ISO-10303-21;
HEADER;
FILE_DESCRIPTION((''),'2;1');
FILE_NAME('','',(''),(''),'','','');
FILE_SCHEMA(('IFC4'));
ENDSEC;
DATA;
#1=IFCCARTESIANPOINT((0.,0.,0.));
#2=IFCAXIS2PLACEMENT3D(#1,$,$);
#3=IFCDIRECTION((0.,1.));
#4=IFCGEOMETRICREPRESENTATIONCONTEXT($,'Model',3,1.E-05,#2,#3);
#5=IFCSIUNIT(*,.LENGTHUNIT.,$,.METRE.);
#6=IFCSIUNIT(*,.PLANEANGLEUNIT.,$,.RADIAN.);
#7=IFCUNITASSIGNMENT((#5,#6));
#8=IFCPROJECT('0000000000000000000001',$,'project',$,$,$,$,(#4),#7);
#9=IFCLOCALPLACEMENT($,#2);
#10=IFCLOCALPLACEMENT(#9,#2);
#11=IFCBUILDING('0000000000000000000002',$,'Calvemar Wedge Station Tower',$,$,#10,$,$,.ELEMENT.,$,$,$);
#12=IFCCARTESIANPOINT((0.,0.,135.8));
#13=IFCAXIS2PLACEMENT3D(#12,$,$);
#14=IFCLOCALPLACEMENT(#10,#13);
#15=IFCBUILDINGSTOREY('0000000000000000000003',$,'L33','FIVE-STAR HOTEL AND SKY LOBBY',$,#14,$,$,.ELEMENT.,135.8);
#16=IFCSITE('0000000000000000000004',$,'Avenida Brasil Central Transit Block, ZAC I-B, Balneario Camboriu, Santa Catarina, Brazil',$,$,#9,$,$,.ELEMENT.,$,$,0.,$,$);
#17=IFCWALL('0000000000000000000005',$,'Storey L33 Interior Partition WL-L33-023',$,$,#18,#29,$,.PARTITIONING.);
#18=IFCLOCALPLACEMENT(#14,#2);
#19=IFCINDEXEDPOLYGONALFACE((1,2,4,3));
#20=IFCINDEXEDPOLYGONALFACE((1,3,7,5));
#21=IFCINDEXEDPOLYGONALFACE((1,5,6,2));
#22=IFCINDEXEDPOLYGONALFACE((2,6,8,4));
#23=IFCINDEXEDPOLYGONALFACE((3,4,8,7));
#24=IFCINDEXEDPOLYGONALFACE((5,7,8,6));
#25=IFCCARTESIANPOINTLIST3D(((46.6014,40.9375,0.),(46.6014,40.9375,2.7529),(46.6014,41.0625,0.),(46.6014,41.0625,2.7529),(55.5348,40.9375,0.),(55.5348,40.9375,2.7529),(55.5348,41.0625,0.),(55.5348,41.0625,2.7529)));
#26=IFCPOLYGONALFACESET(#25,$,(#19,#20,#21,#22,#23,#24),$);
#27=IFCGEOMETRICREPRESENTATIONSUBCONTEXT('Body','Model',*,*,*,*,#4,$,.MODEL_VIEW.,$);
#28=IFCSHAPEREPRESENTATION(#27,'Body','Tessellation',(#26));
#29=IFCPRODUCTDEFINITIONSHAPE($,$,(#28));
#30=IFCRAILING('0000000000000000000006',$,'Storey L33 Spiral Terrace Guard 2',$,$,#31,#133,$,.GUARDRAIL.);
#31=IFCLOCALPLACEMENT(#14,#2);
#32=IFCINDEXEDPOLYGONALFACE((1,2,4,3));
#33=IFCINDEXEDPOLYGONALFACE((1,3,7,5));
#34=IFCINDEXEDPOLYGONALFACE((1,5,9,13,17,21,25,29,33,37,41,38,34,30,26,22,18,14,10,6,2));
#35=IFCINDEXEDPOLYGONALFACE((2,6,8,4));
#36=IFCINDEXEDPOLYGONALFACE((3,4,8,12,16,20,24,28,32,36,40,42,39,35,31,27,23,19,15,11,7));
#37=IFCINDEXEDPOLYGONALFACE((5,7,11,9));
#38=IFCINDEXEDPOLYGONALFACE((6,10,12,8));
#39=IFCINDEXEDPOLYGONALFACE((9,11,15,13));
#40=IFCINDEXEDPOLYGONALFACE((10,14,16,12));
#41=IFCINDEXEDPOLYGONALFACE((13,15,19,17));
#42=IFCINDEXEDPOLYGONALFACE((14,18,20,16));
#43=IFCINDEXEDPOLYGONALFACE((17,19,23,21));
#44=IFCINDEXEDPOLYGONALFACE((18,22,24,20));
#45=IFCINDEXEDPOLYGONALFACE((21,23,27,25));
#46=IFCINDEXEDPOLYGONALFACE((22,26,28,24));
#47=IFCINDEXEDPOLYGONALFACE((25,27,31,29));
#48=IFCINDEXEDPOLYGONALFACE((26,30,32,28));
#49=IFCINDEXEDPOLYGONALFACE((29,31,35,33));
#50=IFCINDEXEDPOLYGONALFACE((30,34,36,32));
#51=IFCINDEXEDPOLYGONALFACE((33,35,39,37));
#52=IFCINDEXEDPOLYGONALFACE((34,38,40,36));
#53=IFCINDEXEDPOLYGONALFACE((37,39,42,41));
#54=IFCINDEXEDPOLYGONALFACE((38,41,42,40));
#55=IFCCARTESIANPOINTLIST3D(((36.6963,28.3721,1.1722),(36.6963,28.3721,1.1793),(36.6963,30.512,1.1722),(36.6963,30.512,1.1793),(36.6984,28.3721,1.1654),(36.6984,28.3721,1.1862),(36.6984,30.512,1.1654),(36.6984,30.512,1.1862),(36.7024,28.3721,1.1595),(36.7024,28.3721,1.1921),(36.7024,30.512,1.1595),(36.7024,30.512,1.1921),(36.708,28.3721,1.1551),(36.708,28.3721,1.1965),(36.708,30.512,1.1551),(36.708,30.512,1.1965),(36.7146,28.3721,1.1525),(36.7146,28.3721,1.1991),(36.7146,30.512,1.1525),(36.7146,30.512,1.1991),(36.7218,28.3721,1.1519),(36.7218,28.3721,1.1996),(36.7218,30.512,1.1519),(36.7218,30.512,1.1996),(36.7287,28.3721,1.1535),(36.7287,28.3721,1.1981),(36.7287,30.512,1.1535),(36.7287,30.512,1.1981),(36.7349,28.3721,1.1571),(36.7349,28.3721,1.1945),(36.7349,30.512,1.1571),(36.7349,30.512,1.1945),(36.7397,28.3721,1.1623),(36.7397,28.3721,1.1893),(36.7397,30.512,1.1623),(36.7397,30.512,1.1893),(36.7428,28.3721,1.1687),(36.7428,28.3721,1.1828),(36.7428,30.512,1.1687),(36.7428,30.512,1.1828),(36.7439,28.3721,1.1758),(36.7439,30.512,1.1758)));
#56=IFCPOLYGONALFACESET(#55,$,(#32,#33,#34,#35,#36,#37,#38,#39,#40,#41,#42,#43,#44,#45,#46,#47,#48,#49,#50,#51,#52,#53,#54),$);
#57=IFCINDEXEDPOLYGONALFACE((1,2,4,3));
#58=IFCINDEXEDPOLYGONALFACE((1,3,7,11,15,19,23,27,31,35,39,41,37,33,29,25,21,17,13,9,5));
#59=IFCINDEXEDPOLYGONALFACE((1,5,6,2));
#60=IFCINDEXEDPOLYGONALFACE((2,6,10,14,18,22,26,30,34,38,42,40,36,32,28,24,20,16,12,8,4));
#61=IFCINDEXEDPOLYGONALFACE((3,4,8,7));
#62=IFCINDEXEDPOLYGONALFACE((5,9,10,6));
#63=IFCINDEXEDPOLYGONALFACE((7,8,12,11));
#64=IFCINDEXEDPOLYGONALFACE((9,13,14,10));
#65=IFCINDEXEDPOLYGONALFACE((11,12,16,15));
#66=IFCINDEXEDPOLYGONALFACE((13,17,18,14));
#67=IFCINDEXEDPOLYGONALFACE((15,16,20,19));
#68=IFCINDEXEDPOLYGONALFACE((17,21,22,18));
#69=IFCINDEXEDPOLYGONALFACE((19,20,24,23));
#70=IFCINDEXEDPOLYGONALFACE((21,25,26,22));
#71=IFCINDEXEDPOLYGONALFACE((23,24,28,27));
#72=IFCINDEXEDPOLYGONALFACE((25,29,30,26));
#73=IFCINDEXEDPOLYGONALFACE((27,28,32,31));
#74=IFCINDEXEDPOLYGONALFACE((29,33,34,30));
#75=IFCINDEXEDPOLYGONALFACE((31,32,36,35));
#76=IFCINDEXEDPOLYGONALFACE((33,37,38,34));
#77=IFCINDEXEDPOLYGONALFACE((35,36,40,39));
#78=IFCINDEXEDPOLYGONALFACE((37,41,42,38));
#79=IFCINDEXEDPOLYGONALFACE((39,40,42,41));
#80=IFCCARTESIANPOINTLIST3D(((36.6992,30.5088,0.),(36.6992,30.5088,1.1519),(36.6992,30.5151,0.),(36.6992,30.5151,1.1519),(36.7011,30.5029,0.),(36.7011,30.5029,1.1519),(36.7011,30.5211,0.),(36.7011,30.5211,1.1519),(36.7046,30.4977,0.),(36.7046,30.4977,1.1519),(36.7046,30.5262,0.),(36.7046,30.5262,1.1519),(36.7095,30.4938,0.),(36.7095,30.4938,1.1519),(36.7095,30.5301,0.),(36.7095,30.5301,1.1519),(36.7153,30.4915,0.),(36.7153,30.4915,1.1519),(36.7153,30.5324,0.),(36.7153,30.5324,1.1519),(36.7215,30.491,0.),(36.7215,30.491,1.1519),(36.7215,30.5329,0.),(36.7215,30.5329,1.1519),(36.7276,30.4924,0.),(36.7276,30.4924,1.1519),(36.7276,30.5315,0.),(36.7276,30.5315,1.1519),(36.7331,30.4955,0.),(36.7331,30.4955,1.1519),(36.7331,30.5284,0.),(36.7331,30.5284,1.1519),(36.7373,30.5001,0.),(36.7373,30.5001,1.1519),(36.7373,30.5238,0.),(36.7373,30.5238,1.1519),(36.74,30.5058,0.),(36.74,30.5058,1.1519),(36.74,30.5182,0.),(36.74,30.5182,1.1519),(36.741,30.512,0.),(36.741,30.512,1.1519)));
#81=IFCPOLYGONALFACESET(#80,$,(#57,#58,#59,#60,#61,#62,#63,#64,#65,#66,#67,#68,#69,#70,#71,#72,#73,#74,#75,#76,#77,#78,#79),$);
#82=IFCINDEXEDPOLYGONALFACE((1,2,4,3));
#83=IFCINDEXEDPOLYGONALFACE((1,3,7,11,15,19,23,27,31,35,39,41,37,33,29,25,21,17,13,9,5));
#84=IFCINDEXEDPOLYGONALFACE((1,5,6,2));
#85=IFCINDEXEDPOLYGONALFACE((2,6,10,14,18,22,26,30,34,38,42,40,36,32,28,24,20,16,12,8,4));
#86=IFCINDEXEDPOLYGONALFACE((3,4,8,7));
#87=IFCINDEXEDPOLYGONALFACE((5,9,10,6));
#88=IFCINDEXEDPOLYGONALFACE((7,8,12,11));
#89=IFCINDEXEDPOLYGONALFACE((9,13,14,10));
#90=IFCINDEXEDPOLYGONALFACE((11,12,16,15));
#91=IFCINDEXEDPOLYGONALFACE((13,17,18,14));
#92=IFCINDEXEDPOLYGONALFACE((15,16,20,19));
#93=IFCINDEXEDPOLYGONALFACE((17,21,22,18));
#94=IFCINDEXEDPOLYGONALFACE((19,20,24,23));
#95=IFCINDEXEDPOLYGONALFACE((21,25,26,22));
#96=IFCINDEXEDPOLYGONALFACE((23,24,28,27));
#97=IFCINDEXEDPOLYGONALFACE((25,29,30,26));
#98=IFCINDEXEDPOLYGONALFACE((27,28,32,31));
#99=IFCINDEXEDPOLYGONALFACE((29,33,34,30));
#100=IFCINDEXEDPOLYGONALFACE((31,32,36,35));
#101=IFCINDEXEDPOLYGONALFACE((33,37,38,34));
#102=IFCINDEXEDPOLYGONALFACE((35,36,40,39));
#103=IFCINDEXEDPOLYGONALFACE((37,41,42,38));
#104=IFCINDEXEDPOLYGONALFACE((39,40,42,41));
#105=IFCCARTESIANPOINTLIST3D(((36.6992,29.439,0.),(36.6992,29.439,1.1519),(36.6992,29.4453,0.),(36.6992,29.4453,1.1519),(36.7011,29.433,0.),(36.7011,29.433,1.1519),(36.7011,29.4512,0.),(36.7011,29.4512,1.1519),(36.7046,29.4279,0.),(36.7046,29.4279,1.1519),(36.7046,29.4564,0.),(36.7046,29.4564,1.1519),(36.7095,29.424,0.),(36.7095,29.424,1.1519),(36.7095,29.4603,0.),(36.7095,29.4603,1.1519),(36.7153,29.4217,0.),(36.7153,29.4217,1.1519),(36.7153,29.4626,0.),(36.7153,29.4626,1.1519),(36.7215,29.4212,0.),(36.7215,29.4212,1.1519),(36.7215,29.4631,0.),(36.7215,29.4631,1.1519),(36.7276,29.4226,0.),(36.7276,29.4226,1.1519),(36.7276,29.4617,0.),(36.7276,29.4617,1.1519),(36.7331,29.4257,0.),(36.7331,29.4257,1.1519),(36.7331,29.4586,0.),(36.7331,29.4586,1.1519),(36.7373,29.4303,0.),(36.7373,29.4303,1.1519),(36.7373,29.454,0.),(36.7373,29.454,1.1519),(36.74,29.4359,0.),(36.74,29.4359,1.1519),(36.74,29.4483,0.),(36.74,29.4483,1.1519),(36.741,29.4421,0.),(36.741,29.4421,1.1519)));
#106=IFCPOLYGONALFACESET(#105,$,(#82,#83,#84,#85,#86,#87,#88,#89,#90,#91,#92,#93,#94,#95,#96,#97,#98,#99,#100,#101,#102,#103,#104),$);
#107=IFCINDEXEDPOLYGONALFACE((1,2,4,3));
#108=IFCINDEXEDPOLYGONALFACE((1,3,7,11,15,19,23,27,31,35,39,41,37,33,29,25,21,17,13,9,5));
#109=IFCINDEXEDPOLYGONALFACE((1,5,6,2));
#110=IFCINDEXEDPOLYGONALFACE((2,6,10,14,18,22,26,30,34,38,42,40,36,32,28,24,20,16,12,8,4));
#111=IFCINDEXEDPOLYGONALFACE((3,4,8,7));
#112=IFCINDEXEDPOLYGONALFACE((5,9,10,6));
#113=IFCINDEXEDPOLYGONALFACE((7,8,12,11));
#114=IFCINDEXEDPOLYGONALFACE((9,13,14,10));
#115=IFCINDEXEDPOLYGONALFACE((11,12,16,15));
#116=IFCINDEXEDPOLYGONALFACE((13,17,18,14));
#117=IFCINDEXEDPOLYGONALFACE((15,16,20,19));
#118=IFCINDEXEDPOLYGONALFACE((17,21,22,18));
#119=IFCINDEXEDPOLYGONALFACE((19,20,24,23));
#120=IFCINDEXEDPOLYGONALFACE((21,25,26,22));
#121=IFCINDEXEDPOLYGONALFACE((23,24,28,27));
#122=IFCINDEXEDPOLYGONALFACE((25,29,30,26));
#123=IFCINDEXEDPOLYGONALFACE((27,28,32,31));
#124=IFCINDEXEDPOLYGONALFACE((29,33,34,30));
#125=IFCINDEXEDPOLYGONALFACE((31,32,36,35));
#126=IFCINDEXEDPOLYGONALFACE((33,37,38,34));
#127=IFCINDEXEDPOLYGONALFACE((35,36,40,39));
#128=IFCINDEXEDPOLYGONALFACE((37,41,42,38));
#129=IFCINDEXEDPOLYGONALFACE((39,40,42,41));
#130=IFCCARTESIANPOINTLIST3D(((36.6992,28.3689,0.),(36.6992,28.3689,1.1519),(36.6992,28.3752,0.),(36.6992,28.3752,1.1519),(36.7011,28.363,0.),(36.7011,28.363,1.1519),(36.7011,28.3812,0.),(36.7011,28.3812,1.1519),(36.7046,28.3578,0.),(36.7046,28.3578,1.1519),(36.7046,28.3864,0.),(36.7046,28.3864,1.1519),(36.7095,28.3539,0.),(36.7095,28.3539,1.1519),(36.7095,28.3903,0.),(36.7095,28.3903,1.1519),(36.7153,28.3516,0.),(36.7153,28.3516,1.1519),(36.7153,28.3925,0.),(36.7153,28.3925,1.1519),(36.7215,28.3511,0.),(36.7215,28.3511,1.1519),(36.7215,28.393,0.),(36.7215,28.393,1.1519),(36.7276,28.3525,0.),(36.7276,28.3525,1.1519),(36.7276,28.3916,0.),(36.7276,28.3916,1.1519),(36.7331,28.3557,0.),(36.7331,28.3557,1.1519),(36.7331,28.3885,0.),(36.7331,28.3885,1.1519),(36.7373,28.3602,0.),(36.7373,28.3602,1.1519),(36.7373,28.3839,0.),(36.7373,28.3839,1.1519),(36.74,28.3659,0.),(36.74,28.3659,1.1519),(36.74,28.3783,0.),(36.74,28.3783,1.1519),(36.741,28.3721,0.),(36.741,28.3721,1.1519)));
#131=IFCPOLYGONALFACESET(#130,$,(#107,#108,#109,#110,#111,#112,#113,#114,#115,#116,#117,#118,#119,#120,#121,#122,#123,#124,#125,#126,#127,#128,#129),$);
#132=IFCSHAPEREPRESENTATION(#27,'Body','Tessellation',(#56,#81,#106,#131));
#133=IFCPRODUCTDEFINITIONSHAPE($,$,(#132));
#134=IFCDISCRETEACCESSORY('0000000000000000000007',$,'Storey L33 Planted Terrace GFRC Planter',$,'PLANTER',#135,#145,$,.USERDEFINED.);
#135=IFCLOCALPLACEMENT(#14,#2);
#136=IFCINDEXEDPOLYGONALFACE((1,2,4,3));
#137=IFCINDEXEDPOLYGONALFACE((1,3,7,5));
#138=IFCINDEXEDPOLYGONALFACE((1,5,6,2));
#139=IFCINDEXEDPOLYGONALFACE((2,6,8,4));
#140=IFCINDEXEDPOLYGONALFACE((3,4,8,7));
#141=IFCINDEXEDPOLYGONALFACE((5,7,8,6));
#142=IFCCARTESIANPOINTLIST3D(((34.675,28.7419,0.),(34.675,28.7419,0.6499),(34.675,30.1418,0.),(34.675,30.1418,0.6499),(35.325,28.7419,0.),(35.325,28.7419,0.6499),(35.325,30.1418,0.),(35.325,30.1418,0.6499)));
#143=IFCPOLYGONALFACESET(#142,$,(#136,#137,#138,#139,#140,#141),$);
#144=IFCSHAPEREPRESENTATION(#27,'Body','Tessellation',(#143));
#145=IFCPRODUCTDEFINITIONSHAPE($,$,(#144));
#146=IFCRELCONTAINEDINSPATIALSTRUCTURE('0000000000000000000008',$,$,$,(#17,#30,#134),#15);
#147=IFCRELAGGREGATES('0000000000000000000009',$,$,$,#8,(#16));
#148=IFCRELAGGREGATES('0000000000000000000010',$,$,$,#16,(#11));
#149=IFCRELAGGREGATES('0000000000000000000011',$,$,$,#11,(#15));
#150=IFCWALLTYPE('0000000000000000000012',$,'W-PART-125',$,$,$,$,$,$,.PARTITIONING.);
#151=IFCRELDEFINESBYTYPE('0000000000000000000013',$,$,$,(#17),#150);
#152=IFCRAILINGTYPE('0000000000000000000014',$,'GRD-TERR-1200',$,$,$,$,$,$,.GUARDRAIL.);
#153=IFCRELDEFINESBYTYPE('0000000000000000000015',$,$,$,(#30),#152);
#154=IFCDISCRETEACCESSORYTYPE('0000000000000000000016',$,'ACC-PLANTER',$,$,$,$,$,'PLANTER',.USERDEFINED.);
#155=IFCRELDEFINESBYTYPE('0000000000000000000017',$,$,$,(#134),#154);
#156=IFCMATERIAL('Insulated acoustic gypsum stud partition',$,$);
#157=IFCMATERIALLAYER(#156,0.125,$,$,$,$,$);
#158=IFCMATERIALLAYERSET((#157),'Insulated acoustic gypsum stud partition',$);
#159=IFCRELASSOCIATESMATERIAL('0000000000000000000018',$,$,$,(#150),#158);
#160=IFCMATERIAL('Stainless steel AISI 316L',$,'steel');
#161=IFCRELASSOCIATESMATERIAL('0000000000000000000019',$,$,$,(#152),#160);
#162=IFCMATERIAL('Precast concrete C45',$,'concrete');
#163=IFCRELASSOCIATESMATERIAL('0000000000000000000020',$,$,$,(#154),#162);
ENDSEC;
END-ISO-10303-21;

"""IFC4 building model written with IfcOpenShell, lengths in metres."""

from ifc_helpers import new_model, si_unit, direction, frame, frame_2d, origin, origin_2d, place, context, subcontext, project, spatial, rectangle, circle, extrude, source, transform, mapped, material, layer, layer_set, type_object, element, save


model = new_model("IFC4")

# Units and contexts
model_context = context("Model", 3, precision=1e-05, world=origin(), true_north=direction((0.0, 1.0)))
body_context = subcontext(model_context, "Body", "Model", "MODEL_VIEW")
ifc_project = project(units=[si_unit("LENGTHUNIT", "METRE"), si_unit("PLANEANGLEUNIT", "RADIAN")], contexts=[model_context])

# Site, building, storey
site_placement = place(None, origin())
site = spatial("IfcSite", under=ifc_project, at=site_placement, Name="Avenida Brasil Central Transit Block, ZAC I-B, Balneario Camboriu, Santa Catarina, Brazil", CompositionType="ELEMENT", RefElevation=0.0)
building_placement = place(site_placement, origin())
building = spatial("IfcBuilding", under=site, at=building_placement, Name="Calvemar Wedge Station Tower", CompositionType="ELEMENT")
storey_placement = place(building_placement, frame((0.0, 0.0, 135.8)))
storey = spatial("IfcBuildingStorey", under=building, at=storey_placement, Name="L33", Description="FIVE-STAR HOTEL AND SKY LOBBY", CompositionType="ELEMENT", Elevation=135.8)

# Shared definitions
ifc_material_1 = material(Name="Precast concrete C45", Category="concrete")

# Shared definitions
ifc_material_2 = material(Name="Insulated acoustic gypsum stud partition")
ifc_layer_1 = layer(ifc_material_2, 0.125)
ifc_layer_set_1 = layer_set([ifc_layer_1], Name="Insulated acoustic gypsum stud partition")
wall_type_1 = type_object("IfcWallType", Name="W-PART-125", PredefinedType="PARTITIONING", material=ifc_layer_set_1)

# Wall
wall_1_placement = place(storey_placement, frame((55.5349, 41.0, 0.0), z_axis=(0.0, 0.0, 1.0), x_axis=(-1.0, 0.0, 0.0)))
element("IfcWall", 1, at=wall_1_placement, inside=storey, type_object=wall_type_1, Name="Storey L33 Interior Partition WL-L33-023", PredefinedType="PARTITIONING", context=body_context, shape_type="SweptSolid", body=[
    extrude(rectangle(XDim=8.9333, YDim=0.125, at=frame_2d((4.4668, 0.0))), origin(), (0.0, 0.0, 1.0), 2.7529),
])

# Railing
ifc_material_3 = material(Name="Stainless steel AISI 316L", Category="steel")
railing_type = type_object("IfcRailingType", Name="GRD-TERR-1200", PredefinedType="GUARDRAIL", material=ifc_material_3)
railing_placement = place(storey_placement, frame((36.72, 30.512, 0.0)))
element("IfcRailing", 2, at=railing_placement, inside=storey, type_object=railing_type, Name="Storey L33 Spiral Terrace Guard 2", PredefinedType="GUARDRAIL", context=body_context, shape_type="SweptSolid", body=[
    extrude(circle(Radius=0.0239, at=origin_2d()), frame((0.0, 0.0, 1.1758), z_axis=(0.0, -1.0, 0.0), x_axis=(1.0, 0.0, 0.0)), (0.0, 0.0, 1.0), 2.1399),
    extrude(circle(Radius=0.021, at=origin_2d()), origin(), (0.0, 0.0, 1.0), 1.1519),
    extrude(circle(Radius=0.021, at=origin_2d()), frame((0.0, -1.0698, 0.0)), (0.0, 0.0, 1.0), 1.1519),
    extrude(circle(Radius=0.021, at=origin_2d()), frame((0.0, -2.1399, 0.0)), (0.0, 0.0, 1.0), 1.1519),
])

# Discrete accessory
discrete_accessory_type = type_object("IfcDiscreteAccessoryType", Name="ACC-PLANTER", ElementType="PLANTER", PredefinedType="USERDEFINED", material=ifc_material_1)
shared_shape_1 = source(origin(), body_context, "Body", "SweptSolid", [
    extrude(rectangle(XDim=0.6499, YDim=1.3999, at=origin_2d()), origin(), (0.0, 0.0, 1.0), 0.6499),
])
discrete_accessory_placement = place(storey_placement, frame((35.0, 29.4419, 0.0), z_axis=(0.0, 0.0, 1.0), x_axis=(1.0, 0.0, 0.0)))
element("IfcDiscreteAccessory", 3, at=discrete_accessory_placement, inside=storey, type_object=discrete_accessory_type, Name="Storey L33 Planted Terrace GFRC Planter", ObjectType="PLANTER", PredefinedType="USERDEFINED", context=body_context, shape_type="MappedRepresentation", body=[
    mapped(shared_shape_1, transform((0.0, 0.0, 0.0), scale=1.0)),
])

save(model, "model.ifc")
